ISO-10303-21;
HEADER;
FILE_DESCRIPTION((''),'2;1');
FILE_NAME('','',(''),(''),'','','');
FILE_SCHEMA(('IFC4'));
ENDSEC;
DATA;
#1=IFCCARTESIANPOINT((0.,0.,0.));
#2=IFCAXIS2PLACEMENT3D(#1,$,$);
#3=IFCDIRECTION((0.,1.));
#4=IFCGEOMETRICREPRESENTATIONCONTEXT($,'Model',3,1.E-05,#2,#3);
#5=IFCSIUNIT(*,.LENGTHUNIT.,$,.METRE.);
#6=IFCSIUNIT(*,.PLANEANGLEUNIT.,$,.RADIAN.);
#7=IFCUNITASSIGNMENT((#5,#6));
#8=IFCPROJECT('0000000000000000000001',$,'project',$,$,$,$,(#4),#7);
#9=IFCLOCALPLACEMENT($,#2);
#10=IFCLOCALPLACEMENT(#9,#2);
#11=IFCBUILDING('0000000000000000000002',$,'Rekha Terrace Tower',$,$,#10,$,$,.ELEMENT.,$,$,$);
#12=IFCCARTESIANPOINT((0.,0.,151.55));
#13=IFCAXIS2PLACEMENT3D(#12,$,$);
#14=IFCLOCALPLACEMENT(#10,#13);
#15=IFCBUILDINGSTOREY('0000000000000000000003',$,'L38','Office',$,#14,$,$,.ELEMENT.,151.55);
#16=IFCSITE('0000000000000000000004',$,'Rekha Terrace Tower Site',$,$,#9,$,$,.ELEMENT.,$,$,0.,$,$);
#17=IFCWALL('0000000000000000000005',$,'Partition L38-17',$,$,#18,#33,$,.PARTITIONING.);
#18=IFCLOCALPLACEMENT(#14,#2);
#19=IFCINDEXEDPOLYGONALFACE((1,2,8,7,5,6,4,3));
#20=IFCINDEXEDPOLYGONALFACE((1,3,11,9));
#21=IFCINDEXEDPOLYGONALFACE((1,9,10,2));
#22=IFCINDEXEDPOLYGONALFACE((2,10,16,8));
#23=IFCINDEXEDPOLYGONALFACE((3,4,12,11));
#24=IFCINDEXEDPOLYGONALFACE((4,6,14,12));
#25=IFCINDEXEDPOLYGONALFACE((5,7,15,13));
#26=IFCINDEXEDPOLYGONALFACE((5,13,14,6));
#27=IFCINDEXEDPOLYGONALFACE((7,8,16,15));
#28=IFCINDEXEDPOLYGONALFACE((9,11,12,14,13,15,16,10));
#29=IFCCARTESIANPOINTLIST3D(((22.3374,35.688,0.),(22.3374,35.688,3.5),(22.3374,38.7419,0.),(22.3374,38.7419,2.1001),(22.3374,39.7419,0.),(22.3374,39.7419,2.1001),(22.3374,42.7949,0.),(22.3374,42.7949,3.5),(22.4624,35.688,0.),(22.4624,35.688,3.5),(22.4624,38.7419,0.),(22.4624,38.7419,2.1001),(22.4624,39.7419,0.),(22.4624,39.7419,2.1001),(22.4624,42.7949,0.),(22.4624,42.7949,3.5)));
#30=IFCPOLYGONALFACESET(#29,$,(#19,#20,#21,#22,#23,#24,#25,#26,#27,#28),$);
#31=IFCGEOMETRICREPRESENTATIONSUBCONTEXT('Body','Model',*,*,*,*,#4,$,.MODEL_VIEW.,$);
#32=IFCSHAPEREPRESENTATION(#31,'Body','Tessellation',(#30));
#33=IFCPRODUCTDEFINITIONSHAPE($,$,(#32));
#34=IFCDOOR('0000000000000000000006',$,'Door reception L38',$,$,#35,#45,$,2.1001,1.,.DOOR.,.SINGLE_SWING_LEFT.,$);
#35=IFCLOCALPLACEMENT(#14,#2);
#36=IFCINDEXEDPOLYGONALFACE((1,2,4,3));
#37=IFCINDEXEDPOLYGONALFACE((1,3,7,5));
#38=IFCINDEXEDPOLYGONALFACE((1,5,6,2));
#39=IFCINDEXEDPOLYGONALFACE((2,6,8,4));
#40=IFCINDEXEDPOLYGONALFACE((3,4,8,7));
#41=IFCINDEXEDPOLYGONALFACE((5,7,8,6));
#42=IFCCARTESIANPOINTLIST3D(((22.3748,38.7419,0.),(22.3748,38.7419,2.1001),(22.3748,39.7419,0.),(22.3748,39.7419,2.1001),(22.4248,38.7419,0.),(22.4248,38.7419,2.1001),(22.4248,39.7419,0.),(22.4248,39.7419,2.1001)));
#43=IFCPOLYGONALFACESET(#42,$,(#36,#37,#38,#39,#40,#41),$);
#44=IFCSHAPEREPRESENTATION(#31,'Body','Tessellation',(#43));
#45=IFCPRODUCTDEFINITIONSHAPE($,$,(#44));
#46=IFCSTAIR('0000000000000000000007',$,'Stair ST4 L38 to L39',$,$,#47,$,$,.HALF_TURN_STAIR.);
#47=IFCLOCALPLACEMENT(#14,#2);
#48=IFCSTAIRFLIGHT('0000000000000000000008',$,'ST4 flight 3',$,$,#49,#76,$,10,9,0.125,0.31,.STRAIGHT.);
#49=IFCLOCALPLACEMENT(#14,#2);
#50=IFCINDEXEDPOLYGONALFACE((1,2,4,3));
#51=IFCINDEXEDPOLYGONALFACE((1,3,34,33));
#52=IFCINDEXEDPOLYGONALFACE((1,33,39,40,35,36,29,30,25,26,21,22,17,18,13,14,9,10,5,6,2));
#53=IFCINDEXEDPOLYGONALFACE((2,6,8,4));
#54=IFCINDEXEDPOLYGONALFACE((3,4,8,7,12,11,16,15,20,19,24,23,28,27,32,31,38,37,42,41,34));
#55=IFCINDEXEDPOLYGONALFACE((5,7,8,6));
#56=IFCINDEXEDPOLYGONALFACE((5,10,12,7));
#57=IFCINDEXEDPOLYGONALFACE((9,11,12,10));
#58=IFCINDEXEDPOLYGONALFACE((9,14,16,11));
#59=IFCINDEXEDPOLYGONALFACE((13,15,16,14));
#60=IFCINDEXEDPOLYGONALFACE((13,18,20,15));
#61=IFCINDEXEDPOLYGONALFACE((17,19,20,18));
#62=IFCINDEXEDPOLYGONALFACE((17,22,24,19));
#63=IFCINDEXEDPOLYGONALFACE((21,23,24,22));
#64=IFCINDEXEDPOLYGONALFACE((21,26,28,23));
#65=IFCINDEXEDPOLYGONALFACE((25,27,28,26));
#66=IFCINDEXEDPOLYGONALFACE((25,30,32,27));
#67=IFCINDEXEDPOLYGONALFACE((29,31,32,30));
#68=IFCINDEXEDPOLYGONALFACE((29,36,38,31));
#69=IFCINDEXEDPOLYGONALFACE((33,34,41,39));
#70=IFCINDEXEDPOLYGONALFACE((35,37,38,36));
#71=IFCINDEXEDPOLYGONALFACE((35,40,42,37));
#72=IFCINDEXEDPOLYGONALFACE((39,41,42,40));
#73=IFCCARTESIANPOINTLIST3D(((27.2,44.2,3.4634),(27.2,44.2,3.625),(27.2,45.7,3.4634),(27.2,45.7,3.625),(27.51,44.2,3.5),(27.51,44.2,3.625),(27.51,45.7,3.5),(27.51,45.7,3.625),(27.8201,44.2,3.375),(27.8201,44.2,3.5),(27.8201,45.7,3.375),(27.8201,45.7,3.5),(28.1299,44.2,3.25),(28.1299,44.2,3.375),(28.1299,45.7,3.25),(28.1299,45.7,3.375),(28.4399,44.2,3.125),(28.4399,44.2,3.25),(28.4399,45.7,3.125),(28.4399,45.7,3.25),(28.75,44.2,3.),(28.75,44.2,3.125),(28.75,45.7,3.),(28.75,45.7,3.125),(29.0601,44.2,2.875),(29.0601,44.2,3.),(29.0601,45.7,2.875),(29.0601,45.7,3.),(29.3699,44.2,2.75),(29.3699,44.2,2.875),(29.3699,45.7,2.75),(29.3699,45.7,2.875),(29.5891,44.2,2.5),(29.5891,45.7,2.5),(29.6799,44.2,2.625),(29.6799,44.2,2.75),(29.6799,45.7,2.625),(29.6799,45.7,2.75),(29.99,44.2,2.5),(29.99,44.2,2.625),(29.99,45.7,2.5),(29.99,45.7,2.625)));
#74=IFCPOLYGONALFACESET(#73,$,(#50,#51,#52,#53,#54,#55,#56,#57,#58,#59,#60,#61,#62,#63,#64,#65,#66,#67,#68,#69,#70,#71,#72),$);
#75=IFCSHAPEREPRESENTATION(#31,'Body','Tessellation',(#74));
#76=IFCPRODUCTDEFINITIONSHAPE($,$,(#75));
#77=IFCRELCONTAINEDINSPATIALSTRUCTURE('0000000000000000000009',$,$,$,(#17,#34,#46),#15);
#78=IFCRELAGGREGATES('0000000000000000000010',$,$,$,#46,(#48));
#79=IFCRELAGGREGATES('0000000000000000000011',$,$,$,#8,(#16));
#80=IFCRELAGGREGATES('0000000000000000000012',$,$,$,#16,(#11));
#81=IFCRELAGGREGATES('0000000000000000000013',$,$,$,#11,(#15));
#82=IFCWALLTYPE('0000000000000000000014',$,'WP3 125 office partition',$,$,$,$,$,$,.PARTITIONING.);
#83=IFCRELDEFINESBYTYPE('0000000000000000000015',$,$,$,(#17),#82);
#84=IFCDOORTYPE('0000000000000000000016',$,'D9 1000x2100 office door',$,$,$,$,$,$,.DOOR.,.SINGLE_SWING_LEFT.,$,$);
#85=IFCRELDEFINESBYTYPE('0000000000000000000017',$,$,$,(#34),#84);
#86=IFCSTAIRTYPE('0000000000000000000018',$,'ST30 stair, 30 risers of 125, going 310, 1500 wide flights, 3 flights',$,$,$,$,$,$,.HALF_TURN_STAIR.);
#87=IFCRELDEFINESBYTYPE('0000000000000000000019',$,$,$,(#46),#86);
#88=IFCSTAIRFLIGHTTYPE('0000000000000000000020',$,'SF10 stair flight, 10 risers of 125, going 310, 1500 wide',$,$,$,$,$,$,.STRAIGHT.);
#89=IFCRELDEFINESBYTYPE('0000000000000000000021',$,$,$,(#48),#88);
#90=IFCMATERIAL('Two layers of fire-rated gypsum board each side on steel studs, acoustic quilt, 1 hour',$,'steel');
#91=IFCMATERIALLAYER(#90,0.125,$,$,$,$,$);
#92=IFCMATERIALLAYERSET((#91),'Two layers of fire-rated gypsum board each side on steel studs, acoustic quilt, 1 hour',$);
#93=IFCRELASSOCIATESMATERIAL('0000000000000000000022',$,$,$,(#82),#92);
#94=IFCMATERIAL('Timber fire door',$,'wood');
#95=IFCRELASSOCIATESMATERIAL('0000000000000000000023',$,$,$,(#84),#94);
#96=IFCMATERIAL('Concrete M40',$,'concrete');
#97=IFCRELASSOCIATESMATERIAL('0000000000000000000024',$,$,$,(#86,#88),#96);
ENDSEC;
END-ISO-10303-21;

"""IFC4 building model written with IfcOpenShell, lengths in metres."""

from ifc_helpers import new_model, si_unit, direction, frame, frame_2d, origin, place, context, subcontext, project, spatial, polyline, rectangle, outline, extrude, material, layer, layer_set, type_object, element, fill, aggregate, save


model = new_model("IFC4")

# Units and contexts
model_context = context("Model", 3, precision=1e-05, world=origin(), true_north=direction((0.0, 1.0)))
body_context = subcontext(model_context, "Body", "Model", "MODEL_VIEW")
ifc_project = project(units=[si_unit("LENGTHUNIT", "METRE"), si_unit("PLANEANGLEUNIT", "RADIAN")], contexts=[model_context])

# Site, building, storey
site_placement = place(None, origin())
site = spatial("IfcSite", under=ifc_project, at=site_placement, Name="Rekha Terrace Tower Site", CompositionType="ELEMENT", RefElevation=0.0)
building_placement = place(site_placement, origin())
building = spatial("IfcBuilding", under=site, at=building_placement, Name="Rekha Terrace Tower", CompositionType="ELEMENT")
storey_placement = place(building_placement, frame((0.0, 0.0, 151.55)))
storey = spatial("IfcBuildingStorey", under=building, at=storey_placement, Name="L38", Description="Office", CompositionType="ELEMENT", Elevation=151.55)

# Shared definitions
ifc_material_1 = material(Name="Two layers of fire-rated gypsum board each side on steel studs, acoustic quilt, 1 hour", Category="steel")
ifc_layer_1 = layer(ifc_material_1, 0.125)
ifc_layer_set_1 = layer_set([ifc_layer_1], Name="Two layers of fire-rated gypsum board each side on steel studs, acoustic quilt, 1 hour")
wall_type_1 = type_object("IfcWallType", Name="WP3 125 office partition", PredefinedType="PARTITIONING", material=ifc_layer_set_1)

# Shared definitions
ifc_material_2 = material(Name="Timber fire door", Category="wood")
door_type_1 = type_object("IfcDoorType", Name="D9 1000x2100 office door", OperationType="SINGLE_SWING_LEFT", PredefinedType="DOOR", material=ifc_material_2)

# Wall, opening, door
wall_1_placement = place(storey_placement, frame((22.3999, 42.7949, 0.0), z_axis=(0.0, 0.0, 1.0), x_axis=(0.0, -1.0, 0.0)))
wall_1 = element("IfcWall", 1, at=wall_1_placement, inside=storey, type_object=wall_type_1, Name="Partition L38-17", PredefinedType="PARTITIONING", context=body_context, shape_type="SweptSolid", body=[
    extrude(rectangle(XDim=7.1069, YDim=0.125, at=frame_2d((3.5535, 0.0))), origin(), (0.0, 0.0, 1.0), 3.5),
])
opening_1_placement = place(wall_1_placement, frame((3.053, 0.0, 0.0)))
opening_1 = element("IfcOpeningElement", 2, at=opening_1_placement, cuts=wall_1, PredefinedType="OPENING", context=body_context, shape_type="SweptSolid", body=[
    extrude(rectangle(XDim=1.0, YDim=2.1001, at=frame_2d((0.5, 1.05))), frame((0.0, 0.0725, 0.0), z_axis=(0.0, -1.0, 0.0), x_axis=(1.0, 0.0, 0.0)), (0.0, 0.0, 1.0), 0.145),
])
door_1_placement = place(opening_1_placement, origin())
door_1 = element("IfcDoor", 3, at=door_1_placement, inside=storey, type_object=door_type_1, Name="Door reception L38", OperationType="SINGLE_SWING_LEFT", OverallHeight=2.1001, OverallWidth=1.0, PredefinedType="DOOR", context=body_context, shape_type="SweptSolid", body=[
    extrude(rectangle(XDim=1.0, YDim=2.1001, at=frame_2d((0.5, 1.05))), frame((0.0, 0.0249, 0.0), z_axis=(0.0, -1.0, 0.0), x_axis=(1.0, 0.0, 0.0)), (0.0, 0.0, 1.0), 0.05),
])
fill(opening_1, door_1)

# Stair, stair flight
ifc_material_3 = material(Name="Concrete M40", Category="concrete")
stair_type = type_object("IfcStairType", Name="ST30 stair, 30 risers of 125, going 310, 1500 wide flights, 3 flights", PredefinedType="HALF_TURN_STAIR", material=ifc_material_3)
stair_placement = place(storey_placement, origin())
stair = element("IfcStair", 4, at=stair_placement, inside=storey, type_object=stair_type, Name="Stair ST4 L38 to L39", PredefinedType="HALF_TURN_STAIR")
stair_flight_type = type_object("IfcStairFlightType", Name="SF10 stair flight, 10 risers of 125, going 310, 1500 wide", PredefinedType="STRAIGHT", material=ifc_material_3)
stair_flight_placement = place(storey_placement, frame((29.99, 44.95, 2.5), z_axis=(0.0, 0.0, 1.0), x_axis=(-1.0, 0.0, 0.0)))
stair_flight = element("IfcStairFlight", 5, at=stair_flight_placement, type_object=stair_flight_type, Name="ST4 flight 3", NumberOfRisers=10, NumberOfTreads=9, PredefinedType="STRAIGHT", RiserHeight=0.125, TreadLength=0.31, context=body_context, shape_type="SweptSolid", body=[
    extrude(outline(polyline([(0.0, 0.0), (0.0, 0.125), (0.3101, 0.125), (0.3101, 0.25), (0.6201, 0.25), (0.6201, 0.375), (0.9299, 0.375), (0.9299, 0.5), (1.24, 0.5), (1.24, 0.625), (1.55, 0.625), (1.55, 0.75), (1.8601, 0.75), (1.8601, 0.875), (2.1699, 0.875), (2.1699, 1.0), (2.48, 1.0), (2.48, 1.125), (2.79, 1.125), (2.79, 1.25), (2.79, 0.9634), (0.4009, 0.0), (0.0, 0.0)])), frame((0.0, 0.75, 0.0), z_axis=(0.0, -1.0, 0.0), x_axis=(1.0, 0.0, 0.0)), (0.0, 0.0, 1.0), 1.5),
])
aggregate(stair, [stair_flight])

save(model, "model.ifc")
